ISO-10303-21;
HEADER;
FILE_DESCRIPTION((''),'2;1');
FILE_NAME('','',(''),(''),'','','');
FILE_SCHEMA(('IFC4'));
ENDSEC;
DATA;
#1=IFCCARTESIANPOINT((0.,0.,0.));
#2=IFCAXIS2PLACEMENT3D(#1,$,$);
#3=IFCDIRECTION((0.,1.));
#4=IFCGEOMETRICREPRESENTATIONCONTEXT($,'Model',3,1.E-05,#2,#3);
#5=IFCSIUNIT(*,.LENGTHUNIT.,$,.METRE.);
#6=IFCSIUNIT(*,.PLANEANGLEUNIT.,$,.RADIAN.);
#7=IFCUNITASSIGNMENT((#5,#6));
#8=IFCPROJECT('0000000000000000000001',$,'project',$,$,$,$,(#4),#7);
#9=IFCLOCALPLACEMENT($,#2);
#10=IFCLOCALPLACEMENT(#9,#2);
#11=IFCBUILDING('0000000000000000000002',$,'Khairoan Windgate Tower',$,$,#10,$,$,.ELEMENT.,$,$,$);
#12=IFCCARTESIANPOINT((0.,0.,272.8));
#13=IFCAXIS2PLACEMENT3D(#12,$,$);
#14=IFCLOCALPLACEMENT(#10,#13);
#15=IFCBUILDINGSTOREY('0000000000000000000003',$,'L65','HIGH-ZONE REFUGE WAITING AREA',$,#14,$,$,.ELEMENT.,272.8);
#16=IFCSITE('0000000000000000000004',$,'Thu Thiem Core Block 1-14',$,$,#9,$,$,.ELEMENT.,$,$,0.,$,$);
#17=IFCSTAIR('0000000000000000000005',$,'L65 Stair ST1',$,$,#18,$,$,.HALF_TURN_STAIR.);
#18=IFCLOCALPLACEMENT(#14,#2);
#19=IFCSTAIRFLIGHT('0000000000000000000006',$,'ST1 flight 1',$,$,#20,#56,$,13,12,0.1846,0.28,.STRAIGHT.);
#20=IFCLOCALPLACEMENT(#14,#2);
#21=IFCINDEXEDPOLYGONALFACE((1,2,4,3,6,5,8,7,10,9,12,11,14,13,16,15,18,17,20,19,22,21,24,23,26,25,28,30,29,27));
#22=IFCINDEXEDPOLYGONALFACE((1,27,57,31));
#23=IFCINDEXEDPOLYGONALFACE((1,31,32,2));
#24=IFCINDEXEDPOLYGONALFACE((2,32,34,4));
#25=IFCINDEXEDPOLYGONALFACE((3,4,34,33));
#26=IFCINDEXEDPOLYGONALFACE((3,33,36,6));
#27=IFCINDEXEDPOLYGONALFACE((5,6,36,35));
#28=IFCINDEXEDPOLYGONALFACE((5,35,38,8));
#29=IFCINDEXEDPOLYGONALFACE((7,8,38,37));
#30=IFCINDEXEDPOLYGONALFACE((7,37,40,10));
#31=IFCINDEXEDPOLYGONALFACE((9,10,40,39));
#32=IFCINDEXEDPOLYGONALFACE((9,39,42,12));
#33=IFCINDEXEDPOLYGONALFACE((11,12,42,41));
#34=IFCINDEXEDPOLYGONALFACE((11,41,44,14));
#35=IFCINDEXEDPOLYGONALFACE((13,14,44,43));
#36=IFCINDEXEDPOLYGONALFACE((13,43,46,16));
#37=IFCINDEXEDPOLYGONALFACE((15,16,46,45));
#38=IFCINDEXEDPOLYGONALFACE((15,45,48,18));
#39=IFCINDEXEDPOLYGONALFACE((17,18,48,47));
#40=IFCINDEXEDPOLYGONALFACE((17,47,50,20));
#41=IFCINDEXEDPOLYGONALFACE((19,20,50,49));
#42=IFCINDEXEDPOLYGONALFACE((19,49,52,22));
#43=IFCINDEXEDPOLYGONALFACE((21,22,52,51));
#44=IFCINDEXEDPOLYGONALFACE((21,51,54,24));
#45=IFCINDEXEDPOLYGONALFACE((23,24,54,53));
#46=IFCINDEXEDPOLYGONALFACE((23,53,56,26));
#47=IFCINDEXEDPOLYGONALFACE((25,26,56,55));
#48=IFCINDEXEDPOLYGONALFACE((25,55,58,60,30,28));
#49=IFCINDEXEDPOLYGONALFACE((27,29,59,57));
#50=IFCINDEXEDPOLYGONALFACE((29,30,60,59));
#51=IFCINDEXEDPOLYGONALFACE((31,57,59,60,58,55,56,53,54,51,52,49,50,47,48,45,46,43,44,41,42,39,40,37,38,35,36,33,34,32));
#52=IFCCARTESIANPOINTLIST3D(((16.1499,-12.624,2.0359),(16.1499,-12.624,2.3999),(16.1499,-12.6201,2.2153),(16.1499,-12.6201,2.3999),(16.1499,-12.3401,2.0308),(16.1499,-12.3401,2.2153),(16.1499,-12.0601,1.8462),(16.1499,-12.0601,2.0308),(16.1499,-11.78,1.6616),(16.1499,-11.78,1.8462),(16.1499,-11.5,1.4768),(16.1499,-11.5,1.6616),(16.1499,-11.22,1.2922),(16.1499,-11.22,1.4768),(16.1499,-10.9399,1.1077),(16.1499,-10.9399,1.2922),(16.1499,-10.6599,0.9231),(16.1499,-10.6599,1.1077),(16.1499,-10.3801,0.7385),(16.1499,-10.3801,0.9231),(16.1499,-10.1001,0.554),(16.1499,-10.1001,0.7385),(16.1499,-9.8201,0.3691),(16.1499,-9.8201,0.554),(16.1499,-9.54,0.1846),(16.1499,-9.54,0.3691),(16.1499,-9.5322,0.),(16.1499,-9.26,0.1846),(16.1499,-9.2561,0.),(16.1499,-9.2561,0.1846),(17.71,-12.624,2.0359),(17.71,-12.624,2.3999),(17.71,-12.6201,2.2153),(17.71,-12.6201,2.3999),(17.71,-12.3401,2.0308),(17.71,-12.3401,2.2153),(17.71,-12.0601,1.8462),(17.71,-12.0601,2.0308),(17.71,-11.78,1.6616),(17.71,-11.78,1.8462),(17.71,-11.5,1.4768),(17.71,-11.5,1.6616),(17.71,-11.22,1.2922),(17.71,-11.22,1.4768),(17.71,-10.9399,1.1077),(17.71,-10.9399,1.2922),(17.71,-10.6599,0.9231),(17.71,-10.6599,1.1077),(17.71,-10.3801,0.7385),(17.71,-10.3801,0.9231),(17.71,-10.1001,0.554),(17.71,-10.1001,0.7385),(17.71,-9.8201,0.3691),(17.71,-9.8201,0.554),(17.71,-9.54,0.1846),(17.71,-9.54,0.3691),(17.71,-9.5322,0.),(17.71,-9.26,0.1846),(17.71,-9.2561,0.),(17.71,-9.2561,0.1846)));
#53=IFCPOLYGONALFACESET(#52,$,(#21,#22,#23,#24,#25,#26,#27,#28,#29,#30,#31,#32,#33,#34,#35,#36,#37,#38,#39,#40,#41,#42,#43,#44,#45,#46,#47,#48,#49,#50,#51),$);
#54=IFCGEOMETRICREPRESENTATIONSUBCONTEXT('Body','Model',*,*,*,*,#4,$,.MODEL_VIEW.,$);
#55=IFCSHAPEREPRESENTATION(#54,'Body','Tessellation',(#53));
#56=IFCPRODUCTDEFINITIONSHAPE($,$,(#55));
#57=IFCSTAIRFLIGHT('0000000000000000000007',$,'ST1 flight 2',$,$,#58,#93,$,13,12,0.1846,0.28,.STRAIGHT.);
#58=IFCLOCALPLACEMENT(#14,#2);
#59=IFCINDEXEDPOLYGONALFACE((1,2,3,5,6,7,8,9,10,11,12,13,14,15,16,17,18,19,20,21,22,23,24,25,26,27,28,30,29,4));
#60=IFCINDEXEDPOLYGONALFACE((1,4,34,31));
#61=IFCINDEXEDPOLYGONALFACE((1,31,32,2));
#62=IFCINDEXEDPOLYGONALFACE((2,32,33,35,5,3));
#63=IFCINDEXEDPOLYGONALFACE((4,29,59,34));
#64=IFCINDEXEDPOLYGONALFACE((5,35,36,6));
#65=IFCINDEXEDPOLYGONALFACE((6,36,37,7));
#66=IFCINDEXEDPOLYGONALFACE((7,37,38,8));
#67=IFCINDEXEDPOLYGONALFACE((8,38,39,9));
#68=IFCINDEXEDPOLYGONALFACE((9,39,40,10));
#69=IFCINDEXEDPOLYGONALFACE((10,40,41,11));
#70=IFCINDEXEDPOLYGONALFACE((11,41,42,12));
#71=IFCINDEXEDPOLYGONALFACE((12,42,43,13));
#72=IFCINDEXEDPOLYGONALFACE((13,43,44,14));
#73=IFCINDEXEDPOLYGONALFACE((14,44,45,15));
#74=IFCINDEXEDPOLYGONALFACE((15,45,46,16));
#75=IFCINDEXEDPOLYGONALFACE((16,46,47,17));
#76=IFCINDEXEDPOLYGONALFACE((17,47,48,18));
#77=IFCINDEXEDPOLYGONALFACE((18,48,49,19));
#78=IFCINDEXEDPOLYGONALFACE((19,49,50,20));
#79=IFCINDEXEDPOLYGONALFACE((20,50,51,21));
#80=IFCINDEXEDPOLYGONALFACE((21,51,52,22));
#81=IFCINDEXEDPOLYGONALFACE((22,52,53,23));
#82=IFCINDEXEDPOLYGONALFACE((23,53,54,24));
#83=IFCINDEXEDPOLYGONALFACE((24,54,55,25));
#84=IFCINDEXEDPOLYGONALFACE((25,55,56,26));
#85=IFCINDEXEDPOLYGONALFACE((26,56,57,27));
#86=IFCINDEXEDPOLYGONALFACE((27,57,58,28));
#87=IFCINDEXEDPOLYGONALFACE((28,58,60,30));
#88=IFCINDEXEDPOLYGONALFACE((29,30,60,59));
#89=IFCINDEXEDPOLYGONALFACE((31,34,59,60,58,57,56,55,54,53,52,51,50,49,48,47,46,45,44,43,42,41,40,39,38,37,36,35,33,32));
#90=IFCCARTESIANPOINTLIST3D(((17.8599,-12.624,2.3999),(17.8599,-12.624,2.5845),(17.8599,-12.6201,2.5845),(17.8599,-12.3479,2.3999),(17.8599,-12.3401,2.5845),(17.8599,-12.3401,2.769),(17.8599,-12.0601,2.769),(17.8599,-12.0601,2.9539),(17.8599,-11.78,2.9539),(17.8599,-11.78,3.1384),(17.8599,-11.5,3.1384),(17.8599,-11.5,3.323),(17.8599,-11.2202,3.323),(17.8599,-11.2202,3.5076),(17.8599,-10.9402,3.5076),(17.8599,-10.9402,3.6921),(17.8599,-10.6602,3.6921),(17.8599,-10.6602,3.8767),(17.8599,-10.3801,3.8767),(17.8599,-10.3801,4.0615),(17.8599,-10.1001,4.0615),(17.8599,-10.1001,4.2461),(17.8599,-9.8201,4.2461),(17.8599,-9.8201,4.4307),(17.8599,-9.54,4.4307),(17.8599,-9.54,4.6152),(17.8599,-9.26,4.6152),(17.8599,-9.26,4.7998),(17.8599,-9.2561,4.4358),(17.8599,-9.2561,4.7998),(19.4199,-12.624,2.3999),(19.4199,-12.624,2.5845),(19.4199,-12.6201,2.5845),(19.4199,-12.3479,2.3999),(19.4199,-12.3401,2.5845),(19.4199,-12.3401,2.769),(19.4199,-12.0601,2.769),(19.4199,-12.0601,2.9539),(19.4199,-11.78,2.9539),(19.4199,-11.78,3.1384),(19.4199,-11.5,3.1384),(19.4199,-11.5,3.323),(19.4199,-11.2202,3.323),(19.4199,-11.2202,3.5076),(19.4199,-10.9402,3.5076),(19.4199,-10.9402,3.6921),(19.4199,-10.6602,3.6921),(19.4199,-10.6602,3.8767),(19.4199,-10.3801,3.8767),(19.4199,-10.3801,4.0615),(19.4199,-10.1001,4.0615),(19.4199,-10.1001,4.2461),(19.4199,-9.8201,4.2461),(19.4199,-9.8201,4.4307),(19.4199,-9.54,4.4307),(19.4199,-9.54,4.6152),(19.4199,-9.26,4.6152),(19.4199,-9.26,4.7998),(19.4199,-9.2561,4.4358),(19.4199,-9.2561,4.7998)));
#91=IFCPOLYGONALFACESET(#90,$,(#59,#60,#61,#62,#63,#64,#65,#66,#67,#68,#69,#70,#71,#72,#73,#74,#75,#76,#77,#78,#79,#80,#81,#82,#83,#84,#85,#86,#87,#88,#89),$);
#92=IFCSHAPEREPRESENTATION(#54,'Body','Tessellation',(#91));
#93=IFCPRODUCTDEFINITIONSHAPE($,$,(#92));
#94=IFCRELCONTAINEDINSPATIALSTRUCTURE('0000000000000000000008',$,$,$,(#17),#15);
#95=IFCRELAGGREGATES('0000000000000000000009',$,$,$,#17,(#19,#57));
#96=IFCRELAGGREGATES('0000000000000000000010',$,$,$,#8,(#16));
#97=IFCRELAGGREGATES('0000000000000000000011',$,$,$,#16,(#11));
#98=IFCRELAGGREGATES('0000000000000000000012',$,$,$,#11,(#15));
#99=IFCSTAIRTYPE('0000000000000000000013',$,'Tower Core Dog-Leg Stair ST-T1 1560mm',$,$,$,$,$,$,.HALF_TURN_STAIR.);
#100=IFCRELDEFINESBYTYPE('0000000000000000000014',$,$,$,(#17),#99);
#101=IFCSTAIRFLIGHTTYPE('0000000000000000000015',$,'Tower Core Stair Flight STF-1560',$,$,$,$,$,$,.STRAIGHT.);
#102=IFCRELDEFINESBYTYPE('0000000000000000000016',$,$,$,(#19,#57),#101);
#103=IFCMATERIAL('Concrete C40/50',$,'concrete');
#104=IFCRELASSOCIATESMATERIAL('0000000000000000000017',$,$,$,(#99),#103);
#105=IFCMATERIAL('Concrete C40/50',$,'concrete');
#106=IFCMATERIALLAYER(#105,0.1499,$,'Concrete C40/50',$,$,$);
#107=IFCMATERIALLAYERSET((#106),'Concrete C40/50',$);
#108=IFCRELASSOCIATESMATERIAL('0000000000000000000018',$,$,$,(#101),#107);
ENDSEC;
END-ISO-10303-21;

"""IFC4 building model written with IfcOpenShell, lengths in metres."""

from ifc_helpers import new_model, si_unit, direction, frame, origin, place, context, subcontext, project, spatial, polyline, outline, extrude, material, layer, layer_set, type_object, element, aggregate, save


model = new_model("IFC4")

# Units and contexts
model_context = context("Model", 3, precision=1e-05, world=origin(), true_north=direction((0.0, 1.0)))
body_context = subcontext(model_context, "Body", "Model", "MODEL_VIEW")
ifc_project = project(units=[si_unit("LENGTHUNIT", "METRE"), si_unit("PLANEANGLEUNIT", "RADIAN")], contexts=[model_context])

# Site, building, storey
site_placement = place(None, origin())
site = spatial("IfcSite", under=ifc_project, at=site_placement, Name="Thu Thiem Core Block 1-14", CompositionType="ELEMENT", RefElevation=0.0)
building_placement = place(site_placement, origin())
building = spatial("IfcBuilding", under=site, at=building_placement, Name="Khairoan Windgate Tower", CompositionType="ELEMENT")
storey_placement = place(building_placement, frame((0.0, 0.0, 272.8)))
storey = spatial("IfcBuildingStorey", under=building, at=storey_placement, Name="L65", Description="HIGH-ZONE REFUGE WAITING AREA", CompositionType="ELEMENT", Elevation=272.8)

# Stair, stair flights
ifc_material_1 = material(Name="Concrete C40/50", Category="concrete")
stair_type = type_object("IfcStairType", Name="Tower Core Dog-Leg Stair ST-T1 1560mm", PredefinedType="HALF_TURN_STAIR", material=ifc_material_1)
stair_placement = place(storey_placement, origin())
stair = element("IfcStair", 1, at=stair_placement, inside=storey, type_object=stair_type, Name="L65 Stair ST1", PredefinedType="HALF_TURN_STAIR")
ifc_material_2 = material(Name="Concrete C40/50", Category="concrete")
ifc_layer_1 = layer(ifc_material_2, 0.1499, Name="Concrete C40/50")
ifc_layer_set_1 = layer_set([ifc_layer_1], Name="Concrete C40/50")
stair_flight_type = type_object("IfcStairFlightType", Name="Tower Core Stair Flight STF-1560", PredefinedType="STRAIGHT", material=ifc_layer_set_1)
stair_flight_1_placement = place(storey_placement, frame((16.9299, -9.26, 0.0), z_axis=(0.0, 0.0, 1.0), x_axis=(0.0, -1.0, 0.0)))
stair_flight_1 = element("IfcStairFlight", 2, at=stair_flight_1_placement, type_object=stair_flight_type, Name="ST1 flight 1", NumberOfRisers=13, NumberOfTreads=12, PredefinedType="STRAIGHT", RiserHeight=0.1846, TreadLength=0.28, context=body_context, shape_type="SweptSolid", body=[
    extrude(outline(polyline([(-0.0039, 0.0), (-0.0039, 0.1846), (0.0, 0.1846), (0.28, 0.1846), (0.28, 0.3691), (0.5601, 0.3691), (0.5601, 0.554), (0.8401, 0.554), (0.8401, 0.7385), (1.1201, 0.7385), (1.1201, 0.9231), (1.3999, 0.9231), (1.3999, 1.1077), (1.6799, 1.1077), (1.6799, 1.2922), (1.96, 1.2922), (1.96, 1.4768), (2.24, 1.4768), (2.24, 1.6616), (2.52, 1.6616), (2.52, 1.8462), (2.8, 1.8462), (2.8, 2.0308), (3.0801, 2.0308), (3.0801, 2.2153), (3.3601, 2.2153), (3.3601, 2.3999), (3.364, 2.3999), (3.364, 2.0359), (0.2722, 0.0), (-0.0039, 0.0)])), frame((0.0, 0.78, 0.0), z_axis=(0.0, -1.0, 0.0), x_axis=(1.0, 0.0, 0.0)), (0.0, 0.0, 1.0), 1.5601),
])
stair_flight_2_placement = place(storey_placement, frame((18.6399, -12.6201, 2.3999), z_axis=(0.0, 0.0, 1.0), x_axis=(0.0, 1.0, 0.0)))
stair_flight_2 = element("IfcStairFlight", 3, at=stair_flight_2_placement, type_object=stair_flight_type, Name="ST1 flight 2", NumberOfRisers=13, NumberOfTreads=12, PredefinedType="STRAIGHT", RiserHeight=0.1846, TreadLength=0.28, context=body_context, shape_type="SweptSolid", body=[
    extrude(outline(polyline([(-0.0039, 0.0), (-0.0039, 0.1846), (0.0, 0.1846), (0.28, 0.1846), (0.28, 0.3691), (0.5601, 0.3691), (0.5601, 0.554), (0.8401, 0.554), (0.8401, 0.7385), (1.1201, 0.7385), (1.1201, 0.9231), (1.3999, 0.9231), (1.3999, 1.1077), (1.6799, 1.1077), (1.6799, 1.2922), (1.96, 1.2922), (1.96, 1.4768), (2.24, 1.4768), (2.24, 1.6616), (2.52, 1.6616), (2.52, 1.8462), (2.8, 1.8462), (2.8, 2.0308), (3.0801, 2.0308), (3.0801, 2.2153), (3.3601, 2.2153), (3.3601, 2.3999), (3.364, 2.3999), (3.364, 2.0359), (0.2722, 0.0), (-0.0039, 0.0)])), frame((0.0, 0.78, 0.0), z_axis=(0.0, -1.0, 0.0), x_axis=(1.0, 0.0, 0.0)), (0.0, 0.0, 1.0), 1.5601),
])
aggregate(stair, [stair_flight_1, stair_flight_2])

save(model, "model.ifc")
